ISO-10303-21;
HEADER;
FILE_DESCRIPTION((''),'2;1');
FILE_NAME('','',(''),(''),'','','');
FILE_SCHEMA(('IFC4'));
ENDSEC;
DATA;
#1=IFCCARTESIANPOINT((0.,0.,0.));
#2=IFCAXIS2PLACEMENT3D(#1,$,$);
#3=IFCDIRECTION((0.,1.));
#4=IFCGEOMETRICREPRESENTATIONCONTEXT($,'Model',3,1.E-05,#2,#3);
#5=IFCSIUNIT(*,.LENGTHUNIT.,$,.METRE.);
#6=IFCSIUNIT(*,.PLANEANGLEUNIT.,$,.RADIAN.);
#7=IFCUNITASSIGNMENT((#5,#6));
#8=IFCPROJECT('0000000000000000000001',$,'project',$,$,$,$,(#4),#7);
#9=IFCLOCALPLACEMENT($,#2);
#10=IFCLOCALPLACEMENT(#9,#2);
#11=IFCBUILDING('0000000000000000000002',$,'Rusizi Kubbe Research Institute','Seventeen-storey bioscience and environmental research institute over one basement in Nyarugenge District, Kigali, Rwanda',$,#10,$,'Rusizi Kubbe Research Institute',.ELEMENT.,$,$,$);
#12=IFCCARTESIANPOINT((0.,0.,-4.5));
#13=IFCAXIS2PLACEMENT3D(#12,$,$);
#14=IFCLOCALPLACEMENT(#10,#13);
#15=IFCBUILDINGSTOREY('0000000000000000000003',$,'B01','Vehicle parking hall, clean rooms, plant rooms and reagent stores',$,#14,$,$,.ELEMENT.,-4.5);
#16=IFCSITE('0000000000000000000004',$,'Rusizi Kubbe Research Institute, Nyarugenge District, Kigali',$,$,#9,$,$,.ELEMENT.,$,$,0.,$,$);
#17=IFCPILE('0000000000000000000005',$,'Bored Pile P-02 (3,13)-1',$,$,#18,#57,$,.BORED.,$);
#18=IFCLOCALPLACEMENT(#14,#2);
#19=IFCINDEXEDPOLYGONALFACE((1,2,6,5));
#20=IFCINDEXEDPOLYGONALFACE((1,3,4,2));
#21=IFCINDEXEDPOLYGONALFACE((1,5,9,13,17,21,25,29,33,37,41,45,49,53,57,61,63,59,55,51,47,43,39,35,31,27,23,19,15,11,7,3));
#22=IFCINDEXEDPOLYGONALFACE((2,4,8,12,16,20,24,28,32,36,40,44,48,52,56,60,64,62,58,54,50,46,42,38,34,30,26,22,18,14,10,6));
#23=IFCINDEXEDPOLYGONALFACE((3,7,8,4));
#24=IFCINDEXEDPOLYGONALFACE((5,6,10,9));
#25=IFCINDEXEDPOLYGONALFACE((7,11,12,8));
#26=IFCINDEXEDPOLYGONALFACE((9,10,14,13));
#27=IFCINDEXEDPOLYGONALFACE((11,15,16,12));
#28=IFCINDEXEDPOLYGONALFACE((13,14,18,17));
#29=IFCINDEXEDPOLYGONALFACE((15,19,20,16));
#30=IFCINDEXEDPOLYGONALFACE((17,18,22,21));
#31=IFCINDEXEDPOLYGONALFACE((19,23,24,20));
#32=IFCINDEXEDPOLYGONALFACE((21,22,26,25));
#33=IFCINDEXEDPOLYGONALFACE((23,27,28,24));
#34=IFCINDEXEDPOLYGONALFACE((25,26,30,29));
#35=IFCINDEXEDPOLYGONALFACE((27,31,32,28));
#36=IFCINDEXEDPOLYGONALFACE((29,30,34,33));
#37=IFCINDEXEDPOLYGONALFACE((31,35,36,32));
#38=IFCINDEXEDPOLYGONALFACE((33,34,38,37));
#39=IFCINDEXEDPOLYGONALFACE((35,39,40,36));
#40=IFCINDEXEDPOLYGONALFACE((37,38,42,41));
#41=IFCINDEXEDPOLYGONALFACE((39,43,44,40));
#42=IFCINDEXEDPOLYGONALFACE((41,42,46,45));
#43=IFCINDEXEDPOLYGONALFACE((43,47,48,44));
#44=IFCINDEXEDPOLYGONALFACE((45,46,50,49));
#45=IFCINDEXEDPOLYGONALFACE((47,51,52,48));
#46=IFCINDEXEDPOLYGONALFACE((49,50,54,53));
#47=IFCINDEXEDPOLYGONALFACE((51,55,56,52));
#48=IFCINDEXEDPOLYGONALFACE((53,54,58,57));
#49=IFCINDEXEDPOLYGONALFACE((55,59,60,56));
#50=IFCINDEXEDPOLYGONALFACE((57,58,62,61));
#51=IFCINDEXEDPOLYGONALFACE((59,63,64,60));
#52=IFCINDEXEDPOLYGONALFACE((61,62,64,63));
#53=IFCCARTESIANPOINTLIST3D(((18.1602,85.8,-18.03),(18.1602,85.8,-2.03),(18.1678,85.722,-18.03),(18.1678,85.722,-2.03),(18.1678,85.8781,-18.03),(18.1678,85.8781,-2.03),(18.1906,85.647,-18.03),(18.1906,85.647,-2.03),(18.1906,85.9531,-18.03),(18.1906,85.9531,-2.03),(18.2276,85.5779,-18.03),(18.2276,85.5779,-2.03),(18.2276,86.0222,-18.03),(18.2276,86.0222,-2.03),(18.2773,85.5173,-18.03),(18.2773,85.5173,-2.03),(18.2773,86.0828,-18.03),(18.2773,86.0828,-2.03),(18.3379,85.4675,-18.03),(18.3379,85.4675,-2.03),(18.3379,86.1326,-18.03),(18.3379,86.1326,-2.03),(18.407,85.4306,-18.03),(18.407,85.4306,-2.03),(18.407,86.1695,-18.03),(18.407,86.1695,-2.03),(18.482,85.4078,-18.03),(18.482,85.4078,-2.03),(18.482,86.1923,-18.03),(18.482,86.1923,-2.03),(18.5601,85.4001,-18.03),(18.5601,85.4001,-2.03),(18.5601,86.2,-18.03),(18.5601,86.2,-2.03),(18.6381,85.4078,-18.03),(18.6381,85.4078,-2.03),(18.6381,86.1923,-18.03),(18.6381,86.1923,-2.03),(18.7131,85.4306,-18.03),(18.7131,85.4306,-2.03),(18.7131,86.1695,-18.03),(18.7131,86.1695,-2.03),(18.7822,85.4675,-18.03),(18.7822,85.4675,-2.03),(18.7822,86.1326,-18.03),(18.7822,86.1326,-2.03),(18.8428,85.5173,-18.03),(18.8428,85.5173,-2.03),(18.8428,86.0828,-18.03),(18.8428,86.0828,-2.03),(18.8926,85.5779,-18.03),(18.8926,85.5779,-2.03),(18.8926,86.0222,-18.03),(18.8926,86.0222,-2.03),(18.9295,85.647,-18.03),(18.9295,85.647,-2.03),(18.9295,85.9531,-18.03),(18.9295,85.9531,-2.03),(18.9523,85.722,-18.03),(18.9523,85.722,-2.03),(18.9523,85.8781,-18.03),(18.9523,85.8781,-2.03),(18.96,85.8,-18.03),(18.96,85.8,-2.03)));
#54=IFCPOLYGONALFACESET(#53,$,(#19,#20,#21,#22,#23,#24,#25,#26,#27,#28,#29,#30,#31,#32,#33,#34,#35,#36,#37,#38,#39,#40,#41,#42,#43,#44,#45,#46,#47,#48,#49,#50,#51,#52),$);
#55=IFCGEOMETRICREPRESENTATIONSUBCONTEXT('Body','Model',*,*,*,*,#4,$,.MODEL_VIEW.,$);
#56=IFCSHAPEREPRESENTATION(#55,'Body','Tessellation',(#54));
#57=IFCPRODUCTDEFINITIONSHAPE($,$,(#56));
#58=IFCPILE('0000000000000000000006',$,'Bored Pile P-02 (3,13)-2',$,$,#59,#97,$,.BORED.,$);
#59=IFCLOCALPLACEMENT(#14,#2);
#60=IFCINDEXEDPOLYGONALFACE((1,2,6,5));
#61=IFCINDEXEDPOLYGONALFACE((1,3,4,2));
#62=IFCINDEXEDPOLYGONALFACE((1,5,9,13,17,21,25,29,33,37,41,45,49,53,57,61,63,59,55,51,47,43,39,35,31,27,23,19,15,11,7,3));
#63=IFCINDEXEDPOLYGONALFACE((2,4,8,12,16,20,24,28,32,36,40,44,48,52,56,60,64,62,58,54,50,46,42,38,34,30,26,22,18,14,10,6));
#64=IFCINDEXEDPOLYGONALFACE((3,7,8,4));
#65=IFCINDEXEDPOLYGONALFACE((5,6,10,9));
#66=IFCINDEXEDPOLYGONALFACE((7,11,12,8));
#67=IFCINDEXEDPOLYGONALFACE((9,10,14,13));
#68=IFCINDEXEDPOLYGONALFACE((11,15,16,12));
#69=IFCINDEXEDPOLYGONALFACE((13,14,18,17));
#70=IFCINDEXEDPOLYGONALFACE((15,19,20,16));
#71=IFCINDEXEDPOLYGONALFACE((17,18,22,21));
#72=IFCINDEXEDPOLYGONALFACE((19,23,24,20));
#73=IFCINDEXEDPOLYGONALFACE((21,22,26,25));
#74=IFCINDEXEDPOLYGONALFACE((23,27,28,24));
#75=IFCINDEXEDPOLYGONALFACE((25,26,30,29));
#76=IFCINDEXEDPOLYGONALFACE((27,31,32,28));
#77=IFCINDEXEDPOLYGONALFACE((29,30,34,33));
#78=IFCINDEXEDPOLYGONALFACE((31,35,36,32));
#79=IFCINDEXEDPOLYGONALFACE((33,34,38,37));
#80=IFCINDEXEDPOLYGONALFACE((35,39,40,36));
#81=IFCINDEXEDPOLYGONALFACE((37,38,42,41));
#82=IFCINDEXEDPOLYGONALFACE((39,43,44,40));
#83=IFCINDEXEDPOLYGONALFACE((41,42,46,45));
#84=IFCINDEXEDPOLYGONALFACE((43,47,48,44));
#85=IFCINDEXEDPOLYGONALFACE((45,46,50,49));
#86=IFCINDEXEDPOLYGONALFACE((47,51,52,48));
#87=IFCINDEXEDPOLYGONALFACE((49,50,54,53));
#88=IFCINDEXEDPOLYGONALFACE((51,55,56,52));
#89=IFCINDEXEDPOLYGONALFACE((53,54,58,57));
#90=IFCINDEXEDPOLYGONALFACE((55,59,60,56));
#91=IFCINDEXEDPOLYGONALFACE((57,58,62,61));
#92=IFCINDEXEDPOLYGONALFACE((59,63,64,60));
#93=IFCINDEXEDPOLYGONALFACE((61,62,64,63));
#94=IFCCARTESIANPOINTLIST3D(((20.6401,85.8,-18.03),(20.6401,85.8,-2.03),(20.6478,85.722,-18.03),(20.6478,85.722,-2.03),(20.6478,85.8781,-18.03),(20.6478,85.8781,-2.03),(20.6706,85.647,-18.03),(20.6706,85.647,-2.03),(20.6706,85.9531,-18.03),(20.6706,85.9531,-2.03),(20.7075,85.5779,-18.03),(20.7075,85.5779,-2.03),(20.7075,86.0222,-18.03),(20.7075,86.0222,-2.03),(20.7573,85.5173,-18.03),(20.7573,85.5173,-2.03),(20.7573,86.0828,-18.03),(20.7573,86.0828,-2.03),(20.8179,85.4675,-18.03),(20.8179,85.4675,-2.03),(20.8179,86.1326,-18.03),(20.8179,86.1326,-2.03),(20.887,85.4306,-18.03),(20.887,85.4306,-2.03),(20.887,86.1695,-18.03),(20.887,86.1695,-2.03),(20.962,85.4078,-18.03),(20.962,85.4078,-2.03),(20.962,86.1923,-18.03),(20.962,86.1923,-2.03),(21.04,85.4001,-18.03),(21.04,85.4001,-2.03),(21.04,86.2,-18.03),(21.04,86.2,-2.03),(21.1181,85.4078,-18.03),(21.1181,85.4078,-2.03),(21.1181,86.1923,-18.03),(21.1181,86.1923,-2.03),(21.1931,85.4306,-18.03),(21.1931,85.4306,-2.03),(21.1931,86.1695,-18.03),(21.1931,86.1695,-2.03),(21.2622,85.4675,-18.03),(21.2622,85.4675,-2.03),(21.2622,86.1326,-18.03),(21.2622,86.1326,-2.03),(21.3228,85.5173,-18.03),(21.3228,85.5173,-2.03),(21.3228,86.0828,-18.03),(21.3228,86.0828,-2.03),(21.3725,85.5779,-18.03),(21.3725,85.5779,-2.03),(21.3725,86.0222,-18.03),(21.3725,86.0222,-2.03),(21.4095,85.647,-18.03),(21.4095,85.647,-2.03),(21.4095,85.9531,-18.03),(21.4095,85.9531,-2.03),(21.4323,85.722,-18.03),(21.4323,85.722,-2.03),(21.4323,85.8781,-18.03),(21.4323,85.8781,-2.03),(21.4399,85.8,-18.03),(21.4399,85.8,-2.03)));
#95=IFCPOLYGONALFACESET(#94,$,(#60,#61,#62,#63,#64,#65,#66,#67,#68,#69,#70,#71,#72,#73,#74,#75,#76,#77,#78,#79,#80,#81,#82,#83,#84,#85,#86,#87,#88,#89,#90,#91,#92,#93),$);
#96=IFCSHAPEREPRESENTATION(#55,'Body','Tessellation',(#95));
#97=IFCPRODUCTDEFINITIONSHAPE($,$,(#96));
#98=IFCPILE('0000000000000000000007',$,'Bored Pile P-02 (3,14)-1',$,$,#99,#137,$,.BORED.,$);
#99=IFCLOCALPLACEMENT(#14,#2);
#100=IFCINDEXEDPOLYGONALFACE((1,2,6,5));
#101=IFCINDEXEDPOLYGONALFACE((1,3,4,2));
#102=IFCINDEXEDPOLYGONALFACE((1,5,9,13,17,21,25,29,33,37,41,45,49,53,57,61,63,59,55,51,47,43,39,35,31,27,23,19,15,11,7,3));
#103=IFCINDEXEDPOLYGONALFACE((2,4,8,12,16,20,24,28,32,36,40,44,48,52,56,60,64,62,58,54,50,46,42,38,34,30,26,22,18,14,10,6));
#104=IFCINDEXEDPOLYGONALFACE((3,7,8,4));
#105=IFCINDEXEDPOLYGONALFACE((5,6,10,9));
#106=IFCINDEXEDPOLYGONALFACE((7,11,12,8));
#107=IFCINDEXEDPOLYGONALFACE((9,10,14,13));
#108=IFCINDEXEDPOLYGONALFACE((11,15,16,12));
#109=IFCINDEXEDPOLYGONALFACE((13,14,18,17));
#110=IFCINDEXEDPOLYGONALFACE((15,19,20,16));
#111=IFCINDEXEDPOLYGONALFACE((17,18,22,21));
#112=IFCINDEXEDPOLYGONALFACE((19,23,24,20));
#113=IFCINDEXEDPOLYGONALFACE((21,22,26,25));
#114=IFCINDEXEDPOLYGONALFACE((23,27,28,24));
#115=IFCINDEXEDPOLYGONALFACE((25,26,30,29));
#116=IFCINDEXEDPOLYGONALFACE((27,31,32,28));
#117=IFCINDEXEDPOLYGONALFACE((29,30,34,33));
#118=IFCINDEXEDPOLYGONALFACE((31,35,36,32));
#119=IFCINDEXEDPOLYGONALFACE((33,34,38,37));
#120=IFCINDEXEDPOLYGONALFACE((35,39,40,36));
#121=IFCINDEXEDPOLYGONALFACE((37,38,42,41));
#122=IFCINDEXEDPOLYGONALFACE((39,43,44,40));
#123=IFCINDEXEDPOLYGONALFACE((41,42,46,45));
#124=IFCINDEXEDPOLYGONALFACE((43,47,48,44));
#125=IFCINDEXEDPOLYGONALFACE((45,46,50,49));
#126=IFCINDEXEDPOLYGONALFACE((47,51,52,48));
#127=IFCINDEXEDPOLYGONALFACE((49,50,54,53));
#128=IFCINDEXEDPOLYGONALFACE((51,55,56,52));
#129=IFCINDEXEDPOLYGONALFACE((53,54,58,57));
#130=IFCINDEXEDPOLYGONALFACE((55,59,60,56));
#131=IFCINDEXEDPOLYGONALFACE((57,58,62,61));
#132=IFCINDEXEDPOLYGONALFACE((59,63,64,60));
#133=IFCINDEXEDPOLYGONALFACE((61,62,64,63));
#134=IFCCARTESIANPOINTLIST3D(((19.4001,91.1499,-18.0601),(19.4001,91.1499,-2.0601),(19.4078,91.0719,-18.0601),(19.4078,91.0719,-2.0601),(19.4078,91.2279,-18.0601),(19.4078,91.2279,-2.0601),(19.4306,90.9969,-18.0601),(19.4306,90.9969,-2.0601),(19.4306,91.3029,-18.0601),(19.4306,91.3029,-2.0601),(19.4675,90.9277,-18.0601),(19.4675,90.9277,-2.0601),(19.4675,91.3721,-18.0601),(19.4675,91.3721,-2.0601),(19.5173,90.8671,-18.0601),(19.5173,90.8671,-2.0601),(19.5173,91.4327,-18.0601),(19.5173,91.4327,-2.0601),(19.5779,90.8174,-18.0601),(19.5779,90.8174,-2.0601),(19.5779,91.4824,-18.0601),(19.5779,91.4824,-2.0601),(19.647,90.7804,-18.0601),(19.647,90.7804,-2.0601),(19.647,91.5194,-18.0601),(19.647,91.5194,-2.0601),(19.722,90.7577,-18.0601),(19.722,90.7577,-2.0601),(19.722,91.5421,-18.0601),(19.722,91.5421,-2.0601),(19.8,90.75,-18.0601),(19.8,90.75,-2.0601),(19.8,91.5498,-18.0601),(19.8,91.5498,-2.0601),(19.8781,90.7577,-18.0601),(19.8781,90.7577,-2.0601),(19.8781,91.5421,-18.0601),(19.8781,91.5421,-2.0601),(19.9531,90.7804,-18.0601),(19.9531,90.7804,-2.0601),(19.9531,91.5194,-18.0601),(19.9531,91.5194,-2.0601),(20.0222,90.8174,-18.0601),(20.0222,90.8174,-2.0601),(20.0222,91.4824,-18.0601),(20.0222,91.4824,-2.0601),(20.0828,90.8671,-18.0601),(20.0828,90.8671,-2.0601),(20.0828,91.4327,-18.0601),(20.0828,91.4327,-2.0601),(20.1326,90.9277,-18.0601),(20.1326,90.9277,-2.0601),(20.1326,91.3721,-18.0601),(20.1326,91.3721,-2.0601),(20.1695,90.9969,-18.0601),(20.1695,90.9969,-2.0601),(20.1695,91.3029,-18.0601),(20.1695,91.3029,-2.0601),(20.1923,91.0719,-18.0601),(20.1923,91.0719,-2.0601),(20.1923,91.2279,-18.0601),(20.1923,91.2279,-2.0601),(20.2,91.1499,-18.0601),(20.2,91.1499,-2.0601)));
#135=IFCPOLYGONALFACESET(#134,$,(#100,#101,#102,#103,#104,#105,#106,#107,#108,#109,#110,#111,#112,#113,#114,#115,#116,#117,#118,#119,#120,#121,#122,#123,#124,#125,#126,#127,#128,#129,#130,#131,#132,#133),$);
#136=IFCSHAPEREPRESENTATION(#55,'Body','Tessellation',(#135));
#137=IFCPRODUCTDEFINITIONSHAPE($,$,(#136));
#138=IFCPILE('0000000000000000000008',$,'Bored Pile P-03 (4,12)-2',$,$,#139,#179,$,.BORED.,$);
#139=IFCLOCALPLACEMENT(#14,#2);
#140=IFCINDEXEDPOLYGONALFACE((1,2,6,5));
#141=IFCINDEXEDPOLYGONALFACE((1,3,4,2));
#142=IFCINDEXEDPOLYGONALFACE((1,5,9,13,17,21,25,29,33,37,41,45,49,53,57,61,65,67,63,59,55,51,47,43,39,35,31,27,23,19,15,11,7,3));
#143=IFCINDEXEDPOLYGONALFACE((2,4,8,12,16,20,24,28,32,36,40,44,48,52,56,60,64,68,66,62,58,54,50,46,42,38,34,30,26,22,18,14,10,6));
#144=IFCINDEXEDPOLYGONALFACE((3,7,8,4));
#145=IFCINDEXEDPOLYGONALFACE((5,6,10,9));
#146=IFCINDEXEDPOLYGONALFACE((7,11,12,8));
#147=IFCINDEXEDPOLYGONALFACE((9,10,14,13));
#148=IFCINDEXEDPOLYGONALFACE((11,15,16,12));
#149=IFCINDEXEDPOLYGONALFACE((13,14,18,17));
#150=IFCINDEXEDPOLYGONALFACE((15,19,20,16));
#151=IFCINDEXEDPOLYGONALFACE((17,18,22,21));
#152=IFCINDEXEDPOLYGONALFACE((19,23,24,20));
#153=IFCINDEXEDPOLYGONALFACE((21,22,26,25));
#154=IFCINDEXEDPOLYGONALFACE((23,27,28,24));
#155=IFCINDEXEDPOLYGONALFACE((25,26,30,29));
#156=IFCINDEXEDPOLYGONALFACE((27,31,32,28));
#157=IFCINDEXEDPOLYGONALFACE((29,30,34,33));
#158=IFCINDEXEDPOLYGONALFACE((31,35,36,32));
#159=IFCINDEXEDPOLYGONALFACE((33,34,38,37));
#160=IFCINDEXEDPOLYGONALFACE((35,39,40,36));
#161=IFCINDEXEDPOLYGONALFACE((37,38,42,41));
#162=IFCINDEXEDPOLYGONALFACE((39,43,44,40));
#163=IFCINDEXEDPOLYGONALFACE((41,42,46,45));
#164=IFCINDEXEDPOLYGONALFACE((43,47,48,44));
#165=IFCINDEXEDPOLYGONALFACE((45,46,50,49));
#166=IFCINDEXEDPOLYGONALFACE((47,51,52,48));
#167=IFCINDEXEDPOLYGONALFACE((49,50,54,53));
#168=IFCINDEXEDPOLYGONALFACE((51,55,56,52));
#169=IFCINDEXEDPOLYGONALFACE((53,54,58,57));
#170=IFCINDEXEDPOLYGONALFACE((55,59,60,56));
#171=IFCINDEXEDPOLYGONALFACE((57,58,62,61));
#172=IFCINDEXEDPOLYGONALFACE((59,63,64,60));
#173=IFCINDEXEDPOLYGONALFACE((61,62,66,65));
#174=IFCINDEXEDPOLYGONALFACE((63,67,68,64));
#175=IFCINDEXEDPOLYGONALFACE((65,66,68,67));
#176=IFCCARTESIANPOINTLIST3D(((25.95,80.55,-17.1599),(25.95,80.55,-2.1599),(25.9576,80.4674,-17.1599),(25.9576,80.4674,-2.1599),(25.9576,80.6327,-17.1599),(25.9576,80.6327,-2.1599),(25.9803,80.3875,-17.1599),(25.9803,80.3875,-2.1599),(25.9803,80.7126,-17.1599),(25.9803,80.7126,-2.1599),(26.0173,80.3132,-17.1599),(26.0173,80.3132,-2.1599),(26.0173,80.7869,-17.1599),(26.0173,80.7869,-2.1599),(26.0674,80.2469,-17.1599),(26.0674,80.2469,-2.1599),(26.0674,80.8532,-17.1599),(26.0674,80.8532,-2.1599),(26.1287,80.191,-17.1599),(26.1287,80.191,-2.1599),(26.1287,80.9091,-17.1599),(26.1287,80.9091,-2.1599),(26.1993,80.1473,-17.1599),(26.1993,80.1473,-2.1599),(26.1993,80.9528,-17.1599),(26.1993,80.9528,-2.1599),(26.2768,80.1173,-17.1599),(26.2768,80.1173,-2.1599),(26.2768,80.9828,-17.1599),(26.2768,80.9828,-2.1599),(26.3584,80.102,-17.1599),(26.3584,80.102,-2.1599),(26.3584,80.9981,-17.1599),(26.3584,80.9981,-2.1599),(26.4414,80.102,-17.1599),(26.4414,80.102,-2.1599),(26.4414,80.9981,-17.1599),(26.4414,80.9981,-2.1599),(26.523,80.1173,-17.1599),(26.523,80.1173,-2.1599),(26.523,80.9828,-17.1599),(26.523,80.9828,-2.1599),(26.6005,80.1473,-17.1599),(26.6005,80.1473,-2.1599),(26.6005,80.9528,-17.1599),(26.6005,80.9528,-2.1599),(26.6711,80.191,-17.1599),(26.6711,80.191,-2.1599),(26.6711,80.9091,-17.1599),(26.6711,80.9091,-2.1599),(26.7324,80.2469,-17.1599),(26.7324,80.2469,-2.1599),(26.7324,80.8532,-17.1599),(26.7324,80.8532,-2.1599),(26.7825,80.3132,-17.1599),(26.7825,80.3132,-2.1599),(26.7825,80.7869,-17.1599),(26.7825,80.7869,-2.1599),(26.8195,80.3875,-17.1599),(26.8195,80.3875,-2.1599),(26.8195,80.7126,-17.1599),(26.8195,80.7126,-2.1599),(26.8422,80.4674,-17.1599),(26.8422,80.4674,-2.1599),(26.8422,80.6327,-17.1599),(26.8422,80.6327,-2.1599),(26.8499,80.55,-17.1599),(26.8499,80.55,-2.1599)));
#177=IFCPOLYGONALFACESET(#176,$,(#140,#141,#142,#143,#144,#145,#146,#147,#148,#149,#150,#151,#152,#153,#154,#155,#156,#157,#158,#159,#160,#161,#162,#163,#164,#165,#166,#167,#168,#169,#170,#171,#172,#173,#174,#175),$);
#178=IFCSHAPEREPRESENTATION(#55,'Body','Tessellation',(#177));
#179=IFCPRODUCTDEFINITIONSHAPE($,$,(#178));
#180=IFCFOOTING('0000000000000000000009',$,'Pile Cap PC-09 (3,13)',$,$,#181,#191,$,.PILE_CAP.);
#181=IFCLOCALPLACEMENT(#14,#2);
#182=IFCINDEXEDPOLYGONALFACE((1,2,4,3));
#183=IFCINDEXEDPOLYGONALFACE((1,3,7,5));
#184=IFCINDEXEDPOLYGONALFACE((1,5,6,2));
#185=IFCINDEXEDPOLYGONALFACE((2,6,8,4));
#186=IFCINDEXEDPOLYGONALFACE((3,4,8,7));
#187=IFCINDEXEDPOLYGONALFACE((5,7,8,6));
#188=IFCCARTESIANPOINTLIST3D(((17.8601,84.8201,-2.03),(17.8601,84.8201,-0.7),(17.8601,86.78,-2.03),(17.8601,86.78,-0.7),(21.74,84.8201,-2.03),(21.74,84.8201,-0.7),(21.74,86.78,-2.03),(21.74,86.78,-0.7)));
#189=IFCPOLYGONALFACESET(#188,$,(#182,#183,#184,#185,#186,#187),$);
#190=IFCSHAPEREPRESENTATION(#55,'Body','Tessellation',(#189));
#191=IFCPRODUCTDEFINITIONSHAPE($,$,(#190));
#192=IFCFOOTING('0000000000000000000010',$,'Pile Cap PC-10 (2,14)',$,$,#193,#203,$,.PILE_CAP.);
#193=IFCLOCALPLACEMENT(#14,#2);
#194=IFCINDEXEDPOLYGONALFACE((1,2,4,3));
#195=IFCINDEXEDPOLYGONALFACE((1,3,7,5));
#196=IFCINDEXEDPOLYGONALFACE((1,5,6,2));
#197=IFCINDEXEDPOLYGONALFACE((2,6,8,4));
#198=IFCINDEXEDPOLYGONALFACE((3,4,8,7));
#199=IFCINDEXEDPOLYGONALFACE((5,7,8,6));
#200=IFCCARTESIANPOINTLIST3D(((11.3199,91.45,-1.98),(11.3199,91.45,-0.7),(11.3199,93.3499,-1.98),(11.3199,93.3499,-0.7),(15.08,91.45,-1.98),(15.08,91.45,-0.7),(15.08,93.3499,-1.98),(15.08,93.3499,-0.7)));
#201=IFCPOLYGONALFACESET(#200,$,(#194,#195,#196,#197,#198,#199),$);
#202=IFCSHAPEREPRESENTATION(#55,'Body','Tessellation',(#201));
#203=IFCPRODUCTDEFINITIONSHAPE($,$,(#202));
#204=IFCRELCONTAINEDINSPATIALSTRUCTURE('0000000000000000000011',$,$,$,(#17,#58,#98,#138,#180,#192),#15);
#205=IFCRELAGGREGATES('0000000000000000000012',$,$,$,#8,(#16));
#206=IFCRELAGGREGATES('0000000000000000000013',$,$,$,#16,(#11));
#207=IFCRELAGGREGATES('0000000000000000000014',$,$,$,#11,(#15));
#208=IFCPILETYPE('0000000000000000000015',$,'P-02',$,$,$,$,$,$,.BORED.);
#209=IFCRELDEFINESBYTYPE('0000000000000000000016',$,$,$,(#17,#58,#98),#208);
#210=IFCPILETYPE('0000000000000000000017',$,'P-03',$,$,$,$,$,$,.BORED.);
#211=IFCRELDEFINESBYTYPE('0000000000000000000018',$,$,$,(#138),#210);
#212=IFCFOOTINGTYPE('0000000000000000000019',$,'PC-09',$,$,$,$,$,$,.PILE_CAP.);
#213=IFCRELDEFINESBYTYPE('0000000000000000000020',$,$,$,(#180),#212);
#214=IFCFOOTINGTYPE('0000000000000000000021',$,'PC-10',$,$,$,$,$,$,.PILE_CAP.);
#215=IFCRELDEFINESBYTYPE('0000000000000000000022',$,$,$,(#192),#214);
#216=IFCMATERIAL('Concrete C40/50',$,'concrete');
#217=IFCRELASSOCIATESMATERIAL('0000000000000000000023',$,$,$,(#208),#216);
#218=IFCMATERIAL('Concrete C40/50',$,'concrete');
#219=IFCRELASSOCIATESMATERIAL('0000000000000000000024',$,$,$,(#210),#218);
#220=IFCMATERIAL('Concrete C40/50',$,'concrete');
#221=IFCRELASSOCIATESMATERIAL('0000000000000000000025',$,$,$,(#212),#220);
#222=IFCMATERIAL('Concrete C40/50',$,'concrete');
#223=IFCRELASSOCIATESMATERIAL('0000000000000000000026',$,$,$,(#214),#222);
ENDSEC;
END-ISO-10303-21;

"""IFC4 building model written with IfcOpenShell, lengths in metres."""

from ifc_helpers import new_model, si_unit, direction, frame, origin, origin_2d, place, context, subcontext, project, spatial, rectangle, circle, extrude, material, material_profile, profile_set, type_object, element, save


model = new_model("IFC4")

# Units and contexts
model_context = context("Model", 3, precision=1e-05, world=origin(), true_north=direction((0.0, 1.0)))
body_context = subcontext(model_context, "Body", "Model", "MODEL_VIEW")
ifc_project = project(units=[si_unit("LENGTHUNIT", "METRE"), si_unit("PLANEANGLEUNIT", "RADIAN")], contexts=[model_context])

# Site, building, storey
site_placement = place(None, origin())
site = spatial("IfcSite", under=ifc_project, at=site_placement, Name="Rusizi Kubbe Research Institute, Nyarugenge District, Kigali", CompositionType="ELEMENT", RefElevation=0.0)
building_placement = place(site_placement, origin())
building = spatial("IfcBuilding", under=site, at=building_placement, Name="Rusizi Kubbe Research Institute", Description="Seventeen-storey bioscience and environmental research institute over one basement in Nyarugenge District, Kigali, Rwanda", LongName="Rusizi Kubbe Research Institute", CompositionType="ELEMENT")
storey_placement = place(building_placement, frame((0.0, 0.0, -4.5)))
storey = spatial("IfcBuildingStorey", under=building, at=storey_placement, Name="B01", Description="Vehicle parking hall, clean rooms, plant rooms and reagent stores", CompositionType="ELEMENT", Elevation=-4.5)

# Piles
ifc_material_1 = material(Name="Concrete C40/50", Category="concrete")
ifc_material_profile_1 = material_profile(ifc_material_1, circle(Radius=0.3999, at=origin_2d()), Name="PILE-D800")
ifc_profile_set_1 = profile_set([ifc_material_profile_1], Name="Concrete C40/50")
pile_type_1 = type_object("IfcPileType", Name="P-02", PredefinedType="BORED", material=ifc_profile_set_1)
for number, where, z_axis, x_axis, name in (
    (1, (18.5601, 85.8, -2.03), (0.0, 0.0, -1.0), (1.0, 0.0, 0.0), "Bored Pile P-02 (3,13)-1"),
    (2, (21.04, 85.8, -2.03), (0.0, 0.0, -1.0), (1.0, 0.0, 0.0), "Bored Pile P-02 (3,13)-2"),
    (3, (19.8, 91.1499, -2.0601), (0.0, 0.0, -1.0), (1.0, 0.0, 0.0), "Bored Pile P-02 (3,14)-1"),
):
    element("IfcPile", number, at=place(storey_placement, frame(where, z_axis=z_axis, x_axis=x_axis)), inside=storey, type_object=pile_type_1, Name=name, PredefinedType="BORED", context=body_context, shape_type="SweptSolid", body=[
        extrude(circle(Radius=0.3999, at=origin_2d()), origin(), (0.0, 0.0, 1.0), 16.0),
    ])
ifc_material_2 = material(Name="Concrete C40/50", Category="concrete")
ifc_material_profile_2 = material_profile(ifc_material_2, circle(Radius=0.45, at=origin_2d()), Name="PILE-D900")
ifc_profile_set_2 = profile_set([ifc_material_profile_2], Name="Concrete C40/50")
pile_type_2 = type_object("IfcPileType", Name="P-03", PredefinedType="BORED", material=ifc_profile_set_2)
pile_placement = place(storey_placement, frame((26.3999, 80.55, -2.1599), z_axis=(0.0, 0.0, -1.0), x_axis=(1.0, 0.0, 0.0)))
element("IfcPile", 4, at=pile_placement, inside=storey, type_object=pile_type_2, Name="Bored Pile P-03 (4,12)-2", PredefinedType="BORED", context=body_context, shape_type="SweptSolid", body=[
    extrude(circle(Radius=0.45, at=origin_2d()), origin(), (0.0, 0.0, 1.0), 15.0),
])

# Footings
ifc_material_3 = material(Name="Concrete C40/50", Category="concrete")
footing_type_1 = type_object("IfcFootingType", Name="PC-09", PredefinedType="PILE_CAP", material=ifc_material_3)
footing_1_placement = place(storey_placement, frame((19.8, 85.8, -2.03), z_axis=(0.0, 0.0, 1.0), x_axis=(1.0, 0.0, 0.0)))
element("IfcFooting", 5, at=footing_1_placement, inside=storey, type_object=footing_type_1, Name="Pile Cap PC-09 (3,13)", PredefinedType="PILE_CAP", context=body_context, shape_type="SweptSolid", body=[
    extrude(rectangle(XDim=3.8799, YDim=1.96, at=origin_2d()), origin(), (0.0, 0.0, 1.0), 1.3301),
])
ifc_material_4 = material(Name="Concrete C40/50", Category="concrete")
footing_type_2 = type_object("IfcFootingType", Name="PC-10", PredefinedType="PILE_CAP", material=ifc_material_4)
footing_2_placement = place(storey_placement, frame((13.2, 92.3999, -1.98), z_axis=(0.0, 0.0, 1.0), x_axis=(1.0, 0.0, 0.0)))
element("IfcFooting", 6, at=footing_2_placement, inside=storey, type_object=footing_type_2, Name="Pile Cap PC-10 (2,14)", PredefinedType="PILE_CAP", context=body_context, shape_type="SweptSolid", body=[
    extrude(rectangle(XDim=3.76, YDim=1.8999, at=origin_2d()), origin(), (0.0, 0.0, 1.0), 1.28),
])

save(model, "model.ifc")
